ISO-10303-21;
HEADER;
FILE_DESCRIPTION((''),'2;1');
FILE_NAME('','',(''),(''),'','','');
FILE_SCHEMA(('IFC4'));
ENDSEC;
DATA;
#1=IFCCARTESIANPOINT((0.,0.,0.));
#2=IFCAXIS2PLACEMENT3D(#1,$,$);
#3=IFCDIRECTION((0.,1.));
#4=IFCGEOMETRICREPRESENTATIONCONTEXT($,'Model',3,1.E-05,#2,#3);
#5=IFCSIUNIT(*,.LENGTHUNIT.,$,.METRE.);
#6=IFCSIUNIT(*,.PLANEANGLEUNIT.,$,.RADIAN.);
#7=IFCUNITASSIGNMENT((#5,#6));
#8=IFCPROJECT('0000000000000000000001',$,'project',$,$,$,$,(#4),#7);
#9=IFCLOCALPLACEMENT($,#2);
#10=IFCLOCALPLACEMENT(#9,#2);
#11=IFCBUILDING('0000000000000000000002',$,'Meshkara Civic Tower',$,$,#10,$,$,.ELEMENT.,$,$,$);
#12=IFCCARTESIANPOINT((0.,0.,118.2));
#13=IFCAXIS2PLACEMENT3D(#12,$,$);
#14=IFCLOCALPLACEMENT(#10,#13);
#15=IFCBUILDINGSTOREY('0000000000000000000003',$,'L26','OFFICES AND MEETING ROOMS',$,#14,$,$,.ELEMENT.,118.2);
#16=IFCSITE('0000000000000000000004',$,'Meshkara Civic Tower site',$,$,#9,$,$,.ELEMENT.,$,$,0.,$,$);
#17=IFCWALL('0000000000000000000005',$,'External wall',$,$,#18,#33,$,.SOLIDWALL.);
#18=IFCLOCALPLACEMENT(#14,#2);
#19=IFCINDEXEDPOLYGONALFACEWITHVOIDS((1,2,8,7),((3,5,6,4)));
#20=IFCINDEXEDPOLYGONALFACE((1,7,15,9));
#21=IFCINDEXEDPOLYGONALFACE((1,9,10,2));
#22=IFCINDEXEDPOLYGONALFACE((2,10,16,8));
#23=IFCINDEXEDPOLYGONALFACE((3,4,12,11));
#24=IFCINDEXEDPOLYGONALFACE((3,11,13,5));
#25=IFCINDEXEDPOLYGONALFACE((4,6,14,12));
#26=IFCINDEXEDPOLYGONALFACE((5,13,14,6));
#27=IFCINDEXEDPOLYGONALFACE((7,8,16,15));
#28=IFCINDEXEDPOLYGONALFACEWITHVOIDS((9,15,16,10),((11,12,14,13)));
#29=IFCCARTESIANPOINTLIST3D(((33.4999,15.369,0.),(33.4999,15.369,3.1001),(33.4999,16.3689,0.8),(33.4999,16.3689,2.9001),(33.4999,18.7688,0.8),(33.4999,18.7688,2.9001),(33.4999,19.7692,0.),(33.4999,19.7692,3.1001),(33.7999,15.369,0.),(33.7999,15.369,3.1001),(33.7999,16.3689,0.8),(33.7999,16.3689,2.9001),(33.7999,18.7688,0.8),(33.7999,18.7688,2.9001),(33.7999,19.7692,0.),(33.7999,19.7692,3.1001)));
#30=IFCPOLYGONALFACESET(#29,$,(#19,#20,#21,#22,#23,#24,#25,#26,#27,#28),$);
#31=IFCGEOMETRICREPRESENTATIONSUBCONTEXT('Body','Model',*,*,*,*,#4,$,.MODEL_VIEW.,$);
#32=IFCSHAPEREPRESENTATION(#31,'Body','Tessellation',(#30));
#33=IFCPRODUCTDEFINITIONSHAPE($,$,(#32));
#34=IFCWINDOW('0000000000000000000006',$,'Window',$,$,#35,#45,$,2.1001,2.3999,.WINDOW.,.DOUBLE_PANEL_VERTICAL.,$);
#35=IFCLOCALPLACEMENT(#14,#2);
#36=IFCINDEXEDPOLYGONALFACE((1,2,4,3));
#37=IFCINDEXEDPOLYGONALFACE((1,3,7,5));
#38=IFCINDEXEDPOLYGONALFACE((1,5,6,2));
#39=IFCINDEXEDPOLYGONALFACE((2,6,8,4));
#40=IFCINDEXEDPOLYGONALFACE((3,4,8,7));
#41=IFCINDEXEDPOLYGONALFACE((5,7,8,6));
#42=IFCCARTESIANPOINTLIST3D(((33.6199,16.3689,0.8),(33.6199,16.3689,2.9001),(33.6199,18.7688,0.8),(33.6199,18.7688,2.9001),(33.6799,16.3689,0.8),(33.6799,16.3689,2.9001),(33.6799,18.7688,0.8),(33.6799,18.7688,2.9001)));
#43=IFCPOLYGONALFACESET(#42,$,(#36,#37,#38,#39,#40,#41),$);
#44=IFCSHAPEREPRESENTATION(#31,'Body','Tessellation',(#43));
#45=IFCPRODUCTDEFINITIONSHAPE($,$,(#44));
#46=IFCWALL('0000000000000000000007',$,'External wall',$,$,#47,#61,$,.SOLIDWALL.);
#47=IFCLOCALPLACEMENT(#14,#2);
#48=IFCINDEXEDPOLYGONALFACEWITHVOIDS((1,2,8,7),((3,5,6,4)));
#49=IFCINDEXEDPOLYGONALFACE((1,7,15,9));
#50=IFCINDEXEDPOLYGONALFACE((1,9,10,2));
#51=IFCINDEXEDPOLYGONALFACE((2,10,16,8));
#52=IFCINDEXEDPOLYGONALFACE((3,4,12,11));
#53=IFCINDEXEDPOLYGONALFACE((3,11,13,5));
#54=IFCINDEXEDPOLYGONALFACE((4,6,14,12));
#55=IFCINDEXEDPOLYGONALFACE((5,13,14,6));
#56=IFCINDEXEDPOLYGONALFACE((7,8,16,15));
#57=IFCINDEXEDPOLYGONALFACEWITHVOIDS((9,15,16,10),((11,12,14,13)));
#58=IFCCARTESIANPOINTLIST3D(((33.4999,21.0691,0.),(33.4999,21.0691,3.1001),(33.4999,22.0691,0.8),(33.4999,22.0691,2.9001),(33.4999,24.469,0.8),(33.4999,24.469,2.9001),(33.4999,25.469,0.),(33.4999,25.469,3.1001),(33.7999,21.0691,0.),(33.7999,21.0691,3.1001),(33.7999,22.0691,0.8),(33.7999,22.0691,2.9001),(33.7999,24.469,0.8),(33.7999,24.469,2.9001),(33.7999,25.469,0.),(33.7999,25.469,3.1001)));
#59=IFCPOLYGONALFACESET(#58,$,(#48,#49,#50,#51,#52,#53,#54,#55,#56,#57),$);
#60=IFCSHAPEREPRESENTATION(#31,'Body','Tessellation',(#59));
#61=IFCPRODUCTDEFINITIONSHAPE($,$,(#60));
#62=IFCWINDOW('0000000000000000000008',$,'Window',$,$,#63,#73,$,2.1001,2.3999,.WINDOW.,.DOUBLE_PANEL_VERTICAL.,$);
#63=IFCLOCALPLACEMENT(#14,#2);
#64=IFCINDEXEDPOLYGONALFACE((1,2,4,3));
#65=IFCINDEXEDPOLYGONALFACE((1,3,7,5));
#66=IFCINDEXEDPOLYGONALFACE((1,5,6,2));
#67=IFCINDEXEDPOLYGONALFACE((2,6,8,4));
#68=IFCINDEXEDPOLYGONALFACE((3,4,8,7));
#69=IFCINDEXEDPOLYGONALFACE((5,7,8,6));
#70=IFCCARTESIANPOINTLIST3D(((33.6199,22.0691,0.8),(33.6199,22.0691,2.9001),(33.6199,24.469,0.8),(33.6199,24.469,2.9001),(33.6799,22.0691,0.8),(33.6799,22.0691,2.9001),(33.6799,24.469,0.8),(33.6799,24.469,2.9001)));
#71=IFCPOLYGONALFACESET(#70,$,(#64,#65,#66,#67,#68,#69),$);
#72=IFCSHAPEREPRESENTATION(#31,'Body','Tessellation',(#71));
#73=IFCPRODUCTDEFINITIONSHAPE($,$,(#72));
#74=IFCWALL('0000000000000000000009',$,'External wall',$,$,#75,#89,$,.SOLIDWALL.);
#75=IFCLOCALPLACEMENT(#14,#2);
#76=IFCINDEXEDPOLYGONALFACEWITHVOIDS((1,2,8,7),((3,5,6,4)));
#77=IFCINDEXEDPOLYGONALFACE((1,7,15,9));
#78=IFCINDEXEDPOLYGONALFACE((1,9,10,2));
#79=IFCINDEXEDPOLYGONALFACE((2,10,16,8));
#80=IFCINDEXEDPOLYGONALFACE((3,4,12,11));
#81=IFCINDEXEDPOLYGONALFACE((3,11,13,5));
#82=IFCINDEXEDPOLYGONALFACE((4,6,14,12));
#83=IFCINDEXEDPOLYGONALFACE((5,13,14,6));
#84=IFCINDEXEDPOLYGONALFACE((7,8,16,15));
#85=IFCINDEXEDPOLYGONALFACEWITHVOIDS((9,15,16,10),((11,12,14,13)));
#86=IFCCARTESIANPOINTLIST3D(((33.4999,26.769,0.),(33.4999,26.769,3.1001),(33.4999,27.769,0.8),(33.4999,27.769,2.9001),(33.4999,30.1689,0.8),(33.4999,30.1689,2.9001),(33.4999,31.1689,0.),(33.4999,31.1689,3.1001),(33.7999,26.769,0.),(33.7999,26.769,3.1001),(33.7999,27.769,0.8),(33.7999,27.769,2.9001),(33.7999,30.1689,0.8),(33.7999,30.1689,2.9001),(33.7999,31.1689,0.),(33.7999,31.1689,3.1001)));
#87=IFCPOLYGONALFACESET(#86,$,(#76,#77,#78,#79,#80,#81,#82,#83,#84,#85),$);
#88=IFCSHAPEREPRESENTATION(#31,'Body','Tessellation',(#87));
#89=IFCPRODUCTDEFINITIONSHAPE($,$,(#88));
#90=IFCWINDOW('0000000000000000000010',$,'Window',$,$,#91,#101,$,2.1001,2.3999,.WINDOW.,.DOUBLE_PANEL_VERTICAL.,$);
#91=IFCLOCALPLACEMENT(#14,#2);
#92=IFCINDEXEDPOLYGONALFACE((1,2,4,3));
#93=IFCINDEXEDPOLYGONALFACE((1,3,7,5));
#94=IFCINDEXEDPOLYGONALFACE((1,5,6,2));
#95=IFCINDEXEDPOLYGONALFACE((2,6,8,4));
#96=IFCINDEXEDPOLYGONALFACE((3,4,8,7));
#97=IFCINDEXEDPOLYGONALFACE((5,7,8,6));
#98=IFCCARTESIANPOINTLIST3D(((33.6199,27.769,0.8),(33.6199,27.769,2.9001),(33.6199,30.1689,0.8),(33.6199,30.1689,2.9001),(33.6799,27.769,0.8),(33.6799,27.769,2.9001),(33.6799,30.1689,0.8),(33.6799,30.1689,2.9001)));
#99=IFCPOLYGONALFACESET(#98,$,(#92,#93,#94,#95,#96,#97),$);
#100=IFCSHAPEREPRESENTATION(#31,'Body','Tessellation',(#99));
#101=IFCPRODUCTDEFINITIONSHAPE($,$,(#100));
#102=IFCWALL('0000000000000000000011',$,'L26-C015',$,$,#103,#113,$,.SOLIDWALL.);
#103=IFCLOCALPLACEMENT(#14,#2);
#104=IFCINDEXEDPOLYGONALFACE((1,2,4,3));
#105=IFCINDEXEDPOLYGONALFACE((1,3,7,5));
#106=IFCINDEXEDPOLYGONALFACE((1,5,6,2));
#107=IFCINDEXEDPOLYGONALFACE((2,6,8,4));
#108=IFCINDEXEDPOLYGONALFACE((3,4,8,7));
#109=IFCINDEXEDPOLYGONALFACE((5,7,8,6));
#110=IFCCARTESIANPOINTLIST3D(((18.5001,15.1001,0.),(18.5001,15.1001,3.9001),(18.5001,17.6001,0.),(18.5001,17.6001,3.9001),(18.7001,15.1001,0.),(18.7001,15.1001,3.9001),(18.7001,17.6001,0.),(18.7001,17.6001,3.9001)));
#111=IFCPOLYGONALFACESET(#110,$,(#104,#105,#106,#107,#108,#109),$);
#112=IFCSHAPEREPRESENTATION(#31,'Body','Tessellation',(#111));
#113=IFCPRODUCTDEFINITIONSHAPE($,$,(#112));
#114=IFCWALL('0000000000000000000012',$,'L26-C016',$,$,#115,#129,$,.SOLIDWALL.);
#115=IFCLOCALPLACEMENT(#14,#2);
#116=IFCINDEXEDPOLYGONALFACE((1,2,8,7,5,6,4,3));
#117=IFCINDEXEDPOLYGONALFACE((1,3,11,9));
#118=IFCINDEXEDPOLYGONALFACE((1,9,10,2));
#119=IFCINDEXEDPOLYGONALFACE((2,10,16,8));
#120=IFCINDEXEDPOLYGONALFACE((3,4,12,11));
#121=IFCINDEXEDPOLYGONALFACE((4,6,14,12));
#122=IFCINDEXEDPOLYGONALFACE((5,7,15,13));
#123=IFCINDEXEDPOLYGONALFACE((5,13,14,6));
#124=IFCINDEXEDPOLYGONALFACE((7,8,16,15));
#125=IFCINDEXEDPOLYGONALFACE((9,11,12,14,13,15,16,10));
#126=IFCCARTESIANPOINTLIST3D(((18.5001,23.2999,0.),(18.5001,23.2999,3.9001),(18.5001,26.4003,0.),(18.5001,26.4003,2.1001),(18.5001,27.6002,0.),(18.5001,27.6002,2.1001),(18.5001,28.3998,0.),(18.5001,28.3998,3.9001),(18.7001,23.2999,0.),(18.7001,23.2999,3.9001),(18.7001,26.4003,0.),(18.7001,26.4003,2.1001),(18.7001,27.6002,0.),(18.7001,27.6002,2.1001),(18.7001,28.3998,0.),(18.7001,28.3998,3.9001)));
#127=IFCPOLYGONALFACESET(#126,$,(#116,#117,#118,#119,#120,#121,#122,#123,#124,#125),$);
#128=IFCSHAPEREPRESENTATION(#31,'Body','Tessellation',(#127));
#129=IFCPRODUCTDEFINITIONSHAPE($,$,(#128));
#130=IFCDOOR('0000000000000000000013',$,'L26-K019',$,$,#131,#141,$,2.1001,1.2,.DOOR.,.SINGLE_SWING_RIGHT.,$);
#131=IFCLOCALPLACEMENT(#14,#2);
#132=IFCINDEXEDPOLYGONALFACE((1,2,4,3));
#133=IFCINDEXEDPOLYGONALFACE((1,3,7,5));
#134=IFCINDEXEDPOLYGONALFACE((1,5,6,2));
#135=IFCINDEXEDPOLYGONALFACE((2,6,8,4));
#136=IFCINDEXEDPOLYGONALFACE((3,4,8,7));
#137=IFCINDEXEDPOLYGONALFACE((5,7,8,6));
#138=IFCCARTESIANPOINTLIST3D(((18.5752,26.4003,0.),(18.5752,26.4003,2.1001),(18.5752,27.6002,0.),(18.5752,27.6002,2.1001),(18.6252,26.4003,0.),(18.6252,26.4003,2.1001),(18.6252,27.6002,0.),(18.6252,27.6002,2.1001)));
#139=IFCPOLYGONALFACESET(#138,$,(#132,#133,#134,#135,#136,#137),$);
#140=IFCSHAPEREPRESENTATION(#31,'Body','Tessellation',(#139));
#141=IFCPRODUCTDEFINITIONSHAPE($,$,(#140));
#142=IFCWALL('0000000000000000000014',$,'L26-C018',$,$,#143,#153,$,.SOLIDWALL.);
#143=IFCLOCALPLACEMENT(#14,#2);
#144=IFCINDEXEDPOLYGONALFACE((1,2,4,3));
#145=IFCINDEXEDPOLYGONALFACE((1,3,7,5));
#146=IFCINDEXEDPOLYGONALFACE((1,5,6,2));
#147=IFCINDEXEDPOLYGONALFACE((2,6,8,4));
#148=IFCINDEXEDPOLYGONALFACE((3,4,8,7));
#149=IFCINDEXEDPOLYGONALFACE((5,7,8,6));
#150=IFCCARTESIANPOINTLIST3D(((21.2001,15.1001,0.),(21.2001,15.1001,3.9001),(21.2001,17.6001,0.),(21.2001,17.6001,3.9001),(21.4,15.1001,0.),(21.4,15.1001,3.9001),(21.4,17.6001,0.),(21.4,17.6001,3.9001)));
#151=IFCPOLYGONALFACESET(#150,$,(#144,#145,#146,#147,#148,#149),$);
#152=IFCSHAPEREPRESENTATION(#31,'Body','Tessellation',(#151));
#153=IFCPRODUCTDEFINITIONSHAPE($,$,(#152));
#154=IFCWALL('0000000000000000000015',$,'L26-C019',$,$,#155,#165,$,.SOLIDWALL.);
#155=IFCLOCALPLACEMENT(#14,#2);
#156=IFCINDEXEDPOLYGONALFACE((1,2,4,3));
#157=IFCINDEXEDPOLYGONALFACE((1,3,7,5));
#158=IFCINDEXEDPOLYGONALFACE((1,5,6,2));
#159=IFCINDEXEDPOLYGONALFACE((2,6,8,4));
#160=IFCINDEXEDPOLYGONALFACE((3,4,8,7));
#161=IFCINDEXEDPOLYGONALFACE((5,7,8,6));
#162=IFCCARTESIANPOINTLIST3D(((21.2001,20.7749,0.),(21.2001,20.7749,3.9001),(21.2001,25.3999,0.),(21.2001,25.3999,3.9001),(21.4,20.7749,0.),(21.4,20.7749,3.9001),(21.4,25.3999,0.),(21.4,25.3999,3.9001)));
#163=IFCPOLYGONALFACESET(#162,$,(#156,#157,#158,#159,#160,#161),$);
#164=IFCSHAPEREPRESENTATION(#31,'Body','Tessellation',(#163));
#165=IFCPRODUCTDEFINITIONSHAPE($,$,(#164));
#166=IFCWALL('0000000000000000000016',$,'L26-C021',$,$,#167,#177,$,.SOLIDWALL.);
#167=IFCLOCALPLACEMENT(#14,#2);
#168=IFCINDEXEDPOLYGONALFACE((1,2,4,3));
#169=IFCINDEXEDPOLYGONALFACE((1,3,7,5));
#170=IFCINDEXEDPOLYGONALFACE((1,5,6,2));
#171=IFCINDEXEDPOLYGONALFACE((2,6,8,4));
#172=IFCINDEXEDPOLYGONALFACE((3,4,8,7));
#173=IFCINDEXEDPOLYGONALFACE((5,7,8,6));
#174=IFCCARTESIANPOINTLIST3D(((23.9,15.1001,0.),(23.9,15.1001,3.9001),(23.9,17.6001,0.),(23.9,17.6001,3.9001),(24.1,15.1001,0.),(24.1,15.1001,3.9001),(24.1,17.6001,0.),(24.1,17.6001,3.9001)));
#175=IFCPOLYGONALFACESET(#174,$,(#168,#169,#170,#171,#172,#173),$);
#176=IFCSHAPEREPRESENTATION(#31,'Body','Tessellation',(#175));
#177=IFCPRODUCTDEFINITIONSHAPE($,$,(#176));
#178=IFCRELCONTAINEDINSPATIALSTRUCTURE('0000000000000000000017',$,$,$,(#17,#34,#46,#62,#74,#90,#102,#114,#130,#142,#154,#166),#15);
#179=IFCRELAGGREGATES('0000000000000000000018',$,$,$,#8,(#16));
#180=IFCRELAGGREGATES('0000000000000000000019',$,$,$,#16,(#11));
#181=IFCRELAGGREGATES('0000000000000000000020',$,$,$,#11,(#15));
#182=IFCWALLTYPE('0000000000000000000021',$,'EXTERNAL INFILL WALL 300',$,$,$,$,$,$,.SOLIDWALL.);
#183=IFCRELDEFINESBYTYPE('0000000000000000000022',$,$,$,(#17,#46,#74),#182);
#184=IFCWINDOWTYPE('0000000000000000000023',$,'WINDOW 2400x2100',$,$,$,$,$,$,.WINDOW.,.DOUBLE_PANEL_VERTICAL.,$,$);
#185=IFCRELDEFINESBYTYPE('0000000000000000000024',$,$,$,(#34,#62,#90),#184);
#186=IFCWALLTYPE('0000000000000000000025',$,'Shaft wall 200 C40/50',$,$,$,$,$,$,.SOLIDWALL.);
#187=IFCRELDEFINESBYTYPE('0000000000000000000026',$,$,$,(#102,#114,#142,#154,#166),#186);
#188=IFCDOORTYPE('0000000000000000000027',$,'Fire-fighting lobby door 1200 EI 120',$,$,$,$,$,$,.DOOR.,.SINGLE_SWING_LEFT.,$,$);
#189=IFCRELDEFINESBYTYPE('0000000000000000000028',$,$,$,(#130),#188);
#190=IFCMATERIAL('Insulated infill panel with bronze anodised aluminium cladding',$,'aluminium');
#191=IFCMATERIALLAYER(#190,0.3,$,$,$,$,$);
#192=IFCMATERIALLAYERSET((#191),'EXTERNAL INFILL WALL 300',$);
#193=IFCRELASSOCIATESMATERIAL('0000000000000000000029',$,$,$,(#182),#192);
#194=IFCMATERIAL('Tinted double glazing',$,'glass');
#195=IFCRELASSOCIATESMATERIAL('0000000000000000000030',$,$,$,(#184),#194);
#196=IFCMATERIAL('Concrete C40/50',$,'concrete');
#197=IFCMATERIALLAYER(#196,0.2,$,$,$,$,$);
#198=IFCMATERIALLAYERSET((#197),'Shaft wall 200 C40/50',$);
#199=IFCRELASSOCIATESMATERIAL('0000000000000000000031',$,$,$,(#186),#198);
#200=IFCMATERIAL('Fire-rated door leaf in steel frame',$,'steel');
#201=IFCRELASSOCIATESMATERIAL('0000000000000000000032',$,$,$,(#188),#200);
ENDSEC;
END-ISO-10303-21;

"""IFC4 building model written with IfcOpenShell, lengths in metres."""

from ifc_helpers import new_model, si_unit, direction, frame, frame_2d, origin, place, context, subcontext, project, spatial, rectangle, extrude, material, layer, layer_set, type_object, element, fill, save


model = new_model("IFC4")

# Units and contexts
model_context = context("Model", 3, precision=1e-05, world=origin(), true_north=direction((0.0, 1.0)))
body_context = subcontext(model_context, "Body", "Model", "MODEL_VIEW")
ifc_project = project(units=[si_unit("LENGTHUNIT", "METRE"), si_unit("PLANEANGLEUNIT", "RADIAN")], contexts=[model_context])

# Site, building, storey
site_placement = place(None, origin())
site = spatial("IfcSite", under=ifc_project, at=site_placement, Name="Meshkara Civic Tower site", CompositionType="ELEMENT", RefElevation=0.0)
building_placement = place(site_placement, origin())
building = spatial("IfcBuilding", under=site, at=building_placement, Name="Meshkara Civic Tower", CompositionType="ELEMENT")
storey_placement = place(building_placement, frame((0.0, 0.0, 118.2)))
storey = spatial("IfcBuildingStorey", under=building, at=storey_placement, Name="L26", Description="OFFICES AND MEETING ROOMS", CompositionType="ELEMENT", Elevation=118.2)

# Walls, openings, windows
ifc_material_1 = material(Name="Insulated infill panel with bronze anodised aluminium cladding", Category="aluminium")
ifc_layer_1 = layer(ifc_material_1, 0.3)
ifc_layer_set_1 = layer_set([ifc_layer_1], Name="EXTERNAL INFILL WALL 300")
wall_type_1 = type_object("IfcWallType", Name="EXTERNAL INFILL WALL 300", PredefinedType="SOLIDWALL", material=ifc_layer_set_1)
ifc_material_2 = material(Name="Tinted double glazing", Category="glass")
window_type = type_object("IfcWindowType", Name="WINDOW 2400x2100", PartitioningType="DOUBLE_PANEL_VERTICAL", PredefinedType="WINDOW", material=ifc_material_2)
wall_1_placement = place(storey_placement, frame((33.6499, 15.3689, 0.0), z_axis=(0.0, 0.0, 1.0), x_axis=(0.0, 1.0, 0.0)))
wall_1 = element("IfcWall", 1, at=wall_1_placement, inside=storey, type_object=wall_type_1, Name="External wall", PredefinedType="SOLIDWALL", context=body_context, shape_type="SweptSolid", body=[
    extrude(rectangle(XDim=4.4001, YDim=0.3, at=frame_2d((2.2002, 0.0))), origin(), (0.0, 0.0, 1.0), 3.1001),
])
opening_1_placement = place(wall_1_placement, frame((1.0, 0.0, 0.8)))
opening_1 = element("IfcOpeningElement", 2, at=opening_1_placement, cuts=wall_1, PredefinedType="OPENING", context=body_context, shape_type="SweptSolid", body=[
    extrude(rectangle(XDim=2.3999, YDim=2.1001, at=frame_2d((1.2, 1.05))), frame((0.0, 0.1599, 0.0), z_axis=(0.0, -1.0, 0.0), x_axis=(1.0, 0.0, 0.0)), (0.0, 0.0, 1.0), 0.3201),
])
window_1_placement = place(opening_1_placement, origin())
window_1 = element("IfcWindow", 3, at=window_1_placement, inside=storey, type_object=window_type, Name="Window", OverallHeight=2.1001, OverallWidth=2.3999, PartitioningType="DOUBLE_PANEL_VERTICAL", PredefinedType="WINDOW", context=body_context, shape_type="SweptSolid", body=[
    extrude(rectangle(XDim=2.3999, YDim=2.1001, at=frame_2d((1.2, 1.05))), frame((0.0, 0.03, 0.0), z_axis=(0.0, -1.0, 0.0), x_axis=(1.0, 0.0, 0.0)), (0.0, 0.0, 1.0), 0.0601),
])
fill(opening_1, window_1)
wall_2_placement = place(storey_placement, frame((33.6499, 21.0691, 0.0), z_axis=(0.0, 0.0, 1.0), x_axis=(0.0, 1.0, 0.0)))
wall_2 = element("IfcWall", 4, at=wall_2_placement, inside=storey, type_object=wall_type_1, Name="External wall", PredefinedType="SOLIDWALL", context=body_context, shape_type="SweptSolid", body=[
    extrude(rectangle(XDim=4.3999, YDim=0.3, at=frame_2d((2.2, 0.0))), origin(), (0.0, 0.0, 1.0), 3.1001),
])
opening_2_placement = place(wall_2_placement, frame((1.0, 0.0, 0.8)))
opening_2 = element("IfcOpeningElement", 5, at=opening_2_placement, cuts=wall_2, PredefinedType="OPENING", context=body_context, shape_type="SweptSolid", body=[
    extrude(rectangle(XDim=2.3999, YDim=2.1001, at=frame_2d((1.2, 1.05))), frame((0.0, 0.1599, 0.0), z_axis=(0.0, -1.0, 0.0), x_axis=(1.0, 0.0, 0.0)), (0.0, 0.0, 1.0), 0.3201),
])
window_2_placement = place(opening_2_placement, origin())
window_2 = element("IfcWindow", 6, at=window_2_placement, inside=storey, type_object=window_type, Name="Window", OverallHeight=2.1001, OverallWidth=2.3999, PartitioningType="DOUBLE_PANEL_VERTICAL", PredefinedType="WINDOW", context=body_context, shape_type="SweptSolid", body=[
    extrude(rectangle(XDim=2.3999, YDim=2.1001, at=frame_2d((1.2, 1.05))), frame((0.0, 0.03, 0.0), z_axis=(0.0, -1.0, 0.0), x_axis=(1.0, 0.0, 0.0)), (0.0, 0.0, 1.0), 0.0601),
])
fill(opening_2, window_2)
wall_3_placement = place(storey_placement, frame((33.6499, 26.769, 0.0), z_axis=(0.0, 0.0, 1.0), x_axis=(0.0, 1.0, 0.0)))
wall_3 = element("IfcWall", 7, at=wall_3_placement, inside=storey, type_object=wall_type_1, Name="External wall", PredefinedType="SOLIDWALL", context=body_context, shape_type="SweptSolid", body=[
    extrude(rectangle(XDim=4.3999, YDim=0.3, at=frame_2d((2.2, 0.0))), origin(), (0.0, 0.0, 1.0), 3.1001),
])
opening_3_placement = place(wall_3_placement, frame((1.0, 0.0, 0.8)))
opening_3 = element("IfcOpeningElement", 8, at=opening_3_placement, cuts=wall_3, PredefinedType="OPENING", context=body_context, shape_type="SweptSolid", body=[
    extrude(rectangle(XDim=2.3999, YDim=2.1001, at=frame_2d((1.2, 1.05))), frame((0.0, 0.1599, 0.0), z_axis=(0.0, -1.0, 0.0), x_axis=(1.0, 0.0, 0.0)), (0.0, 0.0, 1.0), 0.3201),
])
window_3_placement = place(opening_3_placement, origin())
window_3 = element("IfcWindow", 9, at=window_3_placement, inside=storey, type_object=window_type, Name="Window", OverallHeight=2.1001, OverallWidth=2.3999, PartitioningType="DOUBLE_PANEL_VERTICAL", PredefinedType="WINDOW", context=body_context, shape_type="SweptSolid", body=[
    extrude(rectangle(XDim=2.3999, YDim=2.1001, at=frame_2d((1.2, 1.05))), frame((0.0, 0.03, 0.0), z_axis=(0.0, -1.0, 0.0), x_axis=(1.0, 0.0, 0.0)), (0.0, 0.0, 1.0), 0.0601),
])
fill(opening_3, window_3)

# Wall
ifc_material_3 = material(Name="Concrete C40/50", Category="concrete")
ifc_layer_2 = layer(ifc_material_3, 0.2)
ifc_layer_set_2 = layer_set([ifc_layer_2], Name="Shaft wall 200 C40/50")
wall_type_2 = type_object("IfcWallType", Name="Shaft wall 200 C40/50", PredefinedType="SOLIDWALL", material=ifc_layer_set_2)
wall_4_placement = place(storey_placement, frame((18.6001, 15.1001, 0.0), z_axis=(0.0, 0.0, 1.0), x_axis=(0.0, 1.0, 0.0)))
element("IfcWall", 10, at=wall_4_placement, inside=storey, type_object=wall_type_2, Name="L26-C015", PredefinedType="SOLIDWALL", context=body_context, shape_type="SweptSolid", body=[
    extrude(rectangle(XDim=2.5, YDim=0.2, at=frame_2d((1.25, 0.0))), origin(), (0.0, 0.0, 1.0), 3.9001),
])

# Wall, opening, door
wall_5_placement = place(storey_placement, frame((18.6001, 23.3, 0.0), z_axis=(0.0, 0.0, 1.0), x_axis=(0.0, 1.0, 0.0)))
wall_5 = element("IfcWall", 11, at=wall_5_placement, inside=storey, type_object=wall_type_2, Name="L26-C016", PredefinedType="SOLIDWALL", context=body_context, shape_type="SweptSolid", body=[
    extrude(rectangle(XDim=5.0999, YDim=0.2, at=frame_2d((2.5498, 0.0))), origin(), (0.0, 0.0, 1.0), 3.9001),
])
opening_4_placement = place(wall_5_placement, frame((3.1001, 0.0, 0.0)))
opening_4 = element("IfcOpeningElement", 12, at=opening_4_placement, cuts=wall_5, PredefinedType="OPENING", context=body_context, shape_type="SweptSolid", body=[
    extrude(rectangle(XDim=1.2, YDim=2.1001, at=frame_2d((0.6001, 1.05))), frame((0.0, 0.1099, 0.0), z_axis=(0.0, -1.0, 0.0), x_axis=(1.0, 0.0, 0.0)), (0.0, 0.0, 1.0), 0.22),
])
ifc_material_4 = material(Name="Fire-rated door leaf in steel frame", Category="steel")
door_type_1 = type_object("IfcDoorType", Name="Fire-fighting lobby door 1200 EI 120", OperationType="SINGLE_SWING_LEFT", PredefinedType="DOOR", material=ifc_material_4)
door_1_placement = place(opening_4_placement, origin())
door_1 = element("IfcDoor", 13, at=door_1_placement, inside=storey, type_object=door_type_1, Name="L26-K019", OperationType="SINGLE_SWING_RIGHT", OverallHeight=2.1001, OverallWidth=1.2, PredefinedType="DOOR", context=body_context, shape_type="SweptSolid", body=[
    extrude(rectangle(XDim=1.2, YDim=2.1001, at=frame_2d((0.6001, 1.05))), frame((0.0, 0.0249, 0.0), z_axis=(0.0, -1.0, 0.0), x_axis=(1.0, 0.0, 0.0)), (0.0, 0.0, 1.0), 0.05),
])
fill(opening_4, door_1)

# Walls
wall_6_placement = place(storey_placement, frame((21.3, 15.1001, 0.0), z_axis=(0.0, 0.0, 1.0), x_axis=(0.0, 1.0, 0.0)))
element("IfcWall", 14, at=wall_6_placement, inside=storey, type_object=wall_type_2, Name="L26-C018", PredefinedType="SOLIDWALL", context=body_context, shape_type="SweptSolid", body=[
    extrude(rectangle(XDim=2.5, YDim=0.2, at=frame_2d((1.25, 0.0))), origin(), (0.0, 0.0, 1.0), 3.9001),
])
wall_7_placement = place(storey_placement, frame((21.3, 20.7749, 0.0), z_axis=(0.0, 0.0, 1.0), x_axis=(0.0, 1.0, 0.0)))
element("IfcWall", 15, at=wall_7_placement, inside=storey, type_object=wall_type_2, Name="L26-C019", PredefinedType="SOLIDWALL", context=body_context, shape_type="SweptSolid", body=[
    extrude(rectangle(XDim=4.625, YDim=0.2, at=frame_2d((2.3125, 0.0))), origin(), (0.0, 0.0, 1.0), 3.9001),
])
wall_8_placement = place(storey_placement, frame((24.0, 15.1001, 0.0), z_axis=(0.0, 0.0, 1.0), x_axis=(0.0, 1.0, 0.0)))
element("IfcWall", 16, at=wall_8_placement, inside=storey, type_object=wall_type_2, Name="L26-C021", PredefinedType="SOLIDWALL", context=body_context, shape_type="SweptSolid", body=[
    extrude(rectangle(XDim=2.5, YDim=0.2, at=frame_2d((1.25, 0.0))), origin(), (0.0, 0.0, 1.0), 3.9001),
])

save(model, "model.ifc")
